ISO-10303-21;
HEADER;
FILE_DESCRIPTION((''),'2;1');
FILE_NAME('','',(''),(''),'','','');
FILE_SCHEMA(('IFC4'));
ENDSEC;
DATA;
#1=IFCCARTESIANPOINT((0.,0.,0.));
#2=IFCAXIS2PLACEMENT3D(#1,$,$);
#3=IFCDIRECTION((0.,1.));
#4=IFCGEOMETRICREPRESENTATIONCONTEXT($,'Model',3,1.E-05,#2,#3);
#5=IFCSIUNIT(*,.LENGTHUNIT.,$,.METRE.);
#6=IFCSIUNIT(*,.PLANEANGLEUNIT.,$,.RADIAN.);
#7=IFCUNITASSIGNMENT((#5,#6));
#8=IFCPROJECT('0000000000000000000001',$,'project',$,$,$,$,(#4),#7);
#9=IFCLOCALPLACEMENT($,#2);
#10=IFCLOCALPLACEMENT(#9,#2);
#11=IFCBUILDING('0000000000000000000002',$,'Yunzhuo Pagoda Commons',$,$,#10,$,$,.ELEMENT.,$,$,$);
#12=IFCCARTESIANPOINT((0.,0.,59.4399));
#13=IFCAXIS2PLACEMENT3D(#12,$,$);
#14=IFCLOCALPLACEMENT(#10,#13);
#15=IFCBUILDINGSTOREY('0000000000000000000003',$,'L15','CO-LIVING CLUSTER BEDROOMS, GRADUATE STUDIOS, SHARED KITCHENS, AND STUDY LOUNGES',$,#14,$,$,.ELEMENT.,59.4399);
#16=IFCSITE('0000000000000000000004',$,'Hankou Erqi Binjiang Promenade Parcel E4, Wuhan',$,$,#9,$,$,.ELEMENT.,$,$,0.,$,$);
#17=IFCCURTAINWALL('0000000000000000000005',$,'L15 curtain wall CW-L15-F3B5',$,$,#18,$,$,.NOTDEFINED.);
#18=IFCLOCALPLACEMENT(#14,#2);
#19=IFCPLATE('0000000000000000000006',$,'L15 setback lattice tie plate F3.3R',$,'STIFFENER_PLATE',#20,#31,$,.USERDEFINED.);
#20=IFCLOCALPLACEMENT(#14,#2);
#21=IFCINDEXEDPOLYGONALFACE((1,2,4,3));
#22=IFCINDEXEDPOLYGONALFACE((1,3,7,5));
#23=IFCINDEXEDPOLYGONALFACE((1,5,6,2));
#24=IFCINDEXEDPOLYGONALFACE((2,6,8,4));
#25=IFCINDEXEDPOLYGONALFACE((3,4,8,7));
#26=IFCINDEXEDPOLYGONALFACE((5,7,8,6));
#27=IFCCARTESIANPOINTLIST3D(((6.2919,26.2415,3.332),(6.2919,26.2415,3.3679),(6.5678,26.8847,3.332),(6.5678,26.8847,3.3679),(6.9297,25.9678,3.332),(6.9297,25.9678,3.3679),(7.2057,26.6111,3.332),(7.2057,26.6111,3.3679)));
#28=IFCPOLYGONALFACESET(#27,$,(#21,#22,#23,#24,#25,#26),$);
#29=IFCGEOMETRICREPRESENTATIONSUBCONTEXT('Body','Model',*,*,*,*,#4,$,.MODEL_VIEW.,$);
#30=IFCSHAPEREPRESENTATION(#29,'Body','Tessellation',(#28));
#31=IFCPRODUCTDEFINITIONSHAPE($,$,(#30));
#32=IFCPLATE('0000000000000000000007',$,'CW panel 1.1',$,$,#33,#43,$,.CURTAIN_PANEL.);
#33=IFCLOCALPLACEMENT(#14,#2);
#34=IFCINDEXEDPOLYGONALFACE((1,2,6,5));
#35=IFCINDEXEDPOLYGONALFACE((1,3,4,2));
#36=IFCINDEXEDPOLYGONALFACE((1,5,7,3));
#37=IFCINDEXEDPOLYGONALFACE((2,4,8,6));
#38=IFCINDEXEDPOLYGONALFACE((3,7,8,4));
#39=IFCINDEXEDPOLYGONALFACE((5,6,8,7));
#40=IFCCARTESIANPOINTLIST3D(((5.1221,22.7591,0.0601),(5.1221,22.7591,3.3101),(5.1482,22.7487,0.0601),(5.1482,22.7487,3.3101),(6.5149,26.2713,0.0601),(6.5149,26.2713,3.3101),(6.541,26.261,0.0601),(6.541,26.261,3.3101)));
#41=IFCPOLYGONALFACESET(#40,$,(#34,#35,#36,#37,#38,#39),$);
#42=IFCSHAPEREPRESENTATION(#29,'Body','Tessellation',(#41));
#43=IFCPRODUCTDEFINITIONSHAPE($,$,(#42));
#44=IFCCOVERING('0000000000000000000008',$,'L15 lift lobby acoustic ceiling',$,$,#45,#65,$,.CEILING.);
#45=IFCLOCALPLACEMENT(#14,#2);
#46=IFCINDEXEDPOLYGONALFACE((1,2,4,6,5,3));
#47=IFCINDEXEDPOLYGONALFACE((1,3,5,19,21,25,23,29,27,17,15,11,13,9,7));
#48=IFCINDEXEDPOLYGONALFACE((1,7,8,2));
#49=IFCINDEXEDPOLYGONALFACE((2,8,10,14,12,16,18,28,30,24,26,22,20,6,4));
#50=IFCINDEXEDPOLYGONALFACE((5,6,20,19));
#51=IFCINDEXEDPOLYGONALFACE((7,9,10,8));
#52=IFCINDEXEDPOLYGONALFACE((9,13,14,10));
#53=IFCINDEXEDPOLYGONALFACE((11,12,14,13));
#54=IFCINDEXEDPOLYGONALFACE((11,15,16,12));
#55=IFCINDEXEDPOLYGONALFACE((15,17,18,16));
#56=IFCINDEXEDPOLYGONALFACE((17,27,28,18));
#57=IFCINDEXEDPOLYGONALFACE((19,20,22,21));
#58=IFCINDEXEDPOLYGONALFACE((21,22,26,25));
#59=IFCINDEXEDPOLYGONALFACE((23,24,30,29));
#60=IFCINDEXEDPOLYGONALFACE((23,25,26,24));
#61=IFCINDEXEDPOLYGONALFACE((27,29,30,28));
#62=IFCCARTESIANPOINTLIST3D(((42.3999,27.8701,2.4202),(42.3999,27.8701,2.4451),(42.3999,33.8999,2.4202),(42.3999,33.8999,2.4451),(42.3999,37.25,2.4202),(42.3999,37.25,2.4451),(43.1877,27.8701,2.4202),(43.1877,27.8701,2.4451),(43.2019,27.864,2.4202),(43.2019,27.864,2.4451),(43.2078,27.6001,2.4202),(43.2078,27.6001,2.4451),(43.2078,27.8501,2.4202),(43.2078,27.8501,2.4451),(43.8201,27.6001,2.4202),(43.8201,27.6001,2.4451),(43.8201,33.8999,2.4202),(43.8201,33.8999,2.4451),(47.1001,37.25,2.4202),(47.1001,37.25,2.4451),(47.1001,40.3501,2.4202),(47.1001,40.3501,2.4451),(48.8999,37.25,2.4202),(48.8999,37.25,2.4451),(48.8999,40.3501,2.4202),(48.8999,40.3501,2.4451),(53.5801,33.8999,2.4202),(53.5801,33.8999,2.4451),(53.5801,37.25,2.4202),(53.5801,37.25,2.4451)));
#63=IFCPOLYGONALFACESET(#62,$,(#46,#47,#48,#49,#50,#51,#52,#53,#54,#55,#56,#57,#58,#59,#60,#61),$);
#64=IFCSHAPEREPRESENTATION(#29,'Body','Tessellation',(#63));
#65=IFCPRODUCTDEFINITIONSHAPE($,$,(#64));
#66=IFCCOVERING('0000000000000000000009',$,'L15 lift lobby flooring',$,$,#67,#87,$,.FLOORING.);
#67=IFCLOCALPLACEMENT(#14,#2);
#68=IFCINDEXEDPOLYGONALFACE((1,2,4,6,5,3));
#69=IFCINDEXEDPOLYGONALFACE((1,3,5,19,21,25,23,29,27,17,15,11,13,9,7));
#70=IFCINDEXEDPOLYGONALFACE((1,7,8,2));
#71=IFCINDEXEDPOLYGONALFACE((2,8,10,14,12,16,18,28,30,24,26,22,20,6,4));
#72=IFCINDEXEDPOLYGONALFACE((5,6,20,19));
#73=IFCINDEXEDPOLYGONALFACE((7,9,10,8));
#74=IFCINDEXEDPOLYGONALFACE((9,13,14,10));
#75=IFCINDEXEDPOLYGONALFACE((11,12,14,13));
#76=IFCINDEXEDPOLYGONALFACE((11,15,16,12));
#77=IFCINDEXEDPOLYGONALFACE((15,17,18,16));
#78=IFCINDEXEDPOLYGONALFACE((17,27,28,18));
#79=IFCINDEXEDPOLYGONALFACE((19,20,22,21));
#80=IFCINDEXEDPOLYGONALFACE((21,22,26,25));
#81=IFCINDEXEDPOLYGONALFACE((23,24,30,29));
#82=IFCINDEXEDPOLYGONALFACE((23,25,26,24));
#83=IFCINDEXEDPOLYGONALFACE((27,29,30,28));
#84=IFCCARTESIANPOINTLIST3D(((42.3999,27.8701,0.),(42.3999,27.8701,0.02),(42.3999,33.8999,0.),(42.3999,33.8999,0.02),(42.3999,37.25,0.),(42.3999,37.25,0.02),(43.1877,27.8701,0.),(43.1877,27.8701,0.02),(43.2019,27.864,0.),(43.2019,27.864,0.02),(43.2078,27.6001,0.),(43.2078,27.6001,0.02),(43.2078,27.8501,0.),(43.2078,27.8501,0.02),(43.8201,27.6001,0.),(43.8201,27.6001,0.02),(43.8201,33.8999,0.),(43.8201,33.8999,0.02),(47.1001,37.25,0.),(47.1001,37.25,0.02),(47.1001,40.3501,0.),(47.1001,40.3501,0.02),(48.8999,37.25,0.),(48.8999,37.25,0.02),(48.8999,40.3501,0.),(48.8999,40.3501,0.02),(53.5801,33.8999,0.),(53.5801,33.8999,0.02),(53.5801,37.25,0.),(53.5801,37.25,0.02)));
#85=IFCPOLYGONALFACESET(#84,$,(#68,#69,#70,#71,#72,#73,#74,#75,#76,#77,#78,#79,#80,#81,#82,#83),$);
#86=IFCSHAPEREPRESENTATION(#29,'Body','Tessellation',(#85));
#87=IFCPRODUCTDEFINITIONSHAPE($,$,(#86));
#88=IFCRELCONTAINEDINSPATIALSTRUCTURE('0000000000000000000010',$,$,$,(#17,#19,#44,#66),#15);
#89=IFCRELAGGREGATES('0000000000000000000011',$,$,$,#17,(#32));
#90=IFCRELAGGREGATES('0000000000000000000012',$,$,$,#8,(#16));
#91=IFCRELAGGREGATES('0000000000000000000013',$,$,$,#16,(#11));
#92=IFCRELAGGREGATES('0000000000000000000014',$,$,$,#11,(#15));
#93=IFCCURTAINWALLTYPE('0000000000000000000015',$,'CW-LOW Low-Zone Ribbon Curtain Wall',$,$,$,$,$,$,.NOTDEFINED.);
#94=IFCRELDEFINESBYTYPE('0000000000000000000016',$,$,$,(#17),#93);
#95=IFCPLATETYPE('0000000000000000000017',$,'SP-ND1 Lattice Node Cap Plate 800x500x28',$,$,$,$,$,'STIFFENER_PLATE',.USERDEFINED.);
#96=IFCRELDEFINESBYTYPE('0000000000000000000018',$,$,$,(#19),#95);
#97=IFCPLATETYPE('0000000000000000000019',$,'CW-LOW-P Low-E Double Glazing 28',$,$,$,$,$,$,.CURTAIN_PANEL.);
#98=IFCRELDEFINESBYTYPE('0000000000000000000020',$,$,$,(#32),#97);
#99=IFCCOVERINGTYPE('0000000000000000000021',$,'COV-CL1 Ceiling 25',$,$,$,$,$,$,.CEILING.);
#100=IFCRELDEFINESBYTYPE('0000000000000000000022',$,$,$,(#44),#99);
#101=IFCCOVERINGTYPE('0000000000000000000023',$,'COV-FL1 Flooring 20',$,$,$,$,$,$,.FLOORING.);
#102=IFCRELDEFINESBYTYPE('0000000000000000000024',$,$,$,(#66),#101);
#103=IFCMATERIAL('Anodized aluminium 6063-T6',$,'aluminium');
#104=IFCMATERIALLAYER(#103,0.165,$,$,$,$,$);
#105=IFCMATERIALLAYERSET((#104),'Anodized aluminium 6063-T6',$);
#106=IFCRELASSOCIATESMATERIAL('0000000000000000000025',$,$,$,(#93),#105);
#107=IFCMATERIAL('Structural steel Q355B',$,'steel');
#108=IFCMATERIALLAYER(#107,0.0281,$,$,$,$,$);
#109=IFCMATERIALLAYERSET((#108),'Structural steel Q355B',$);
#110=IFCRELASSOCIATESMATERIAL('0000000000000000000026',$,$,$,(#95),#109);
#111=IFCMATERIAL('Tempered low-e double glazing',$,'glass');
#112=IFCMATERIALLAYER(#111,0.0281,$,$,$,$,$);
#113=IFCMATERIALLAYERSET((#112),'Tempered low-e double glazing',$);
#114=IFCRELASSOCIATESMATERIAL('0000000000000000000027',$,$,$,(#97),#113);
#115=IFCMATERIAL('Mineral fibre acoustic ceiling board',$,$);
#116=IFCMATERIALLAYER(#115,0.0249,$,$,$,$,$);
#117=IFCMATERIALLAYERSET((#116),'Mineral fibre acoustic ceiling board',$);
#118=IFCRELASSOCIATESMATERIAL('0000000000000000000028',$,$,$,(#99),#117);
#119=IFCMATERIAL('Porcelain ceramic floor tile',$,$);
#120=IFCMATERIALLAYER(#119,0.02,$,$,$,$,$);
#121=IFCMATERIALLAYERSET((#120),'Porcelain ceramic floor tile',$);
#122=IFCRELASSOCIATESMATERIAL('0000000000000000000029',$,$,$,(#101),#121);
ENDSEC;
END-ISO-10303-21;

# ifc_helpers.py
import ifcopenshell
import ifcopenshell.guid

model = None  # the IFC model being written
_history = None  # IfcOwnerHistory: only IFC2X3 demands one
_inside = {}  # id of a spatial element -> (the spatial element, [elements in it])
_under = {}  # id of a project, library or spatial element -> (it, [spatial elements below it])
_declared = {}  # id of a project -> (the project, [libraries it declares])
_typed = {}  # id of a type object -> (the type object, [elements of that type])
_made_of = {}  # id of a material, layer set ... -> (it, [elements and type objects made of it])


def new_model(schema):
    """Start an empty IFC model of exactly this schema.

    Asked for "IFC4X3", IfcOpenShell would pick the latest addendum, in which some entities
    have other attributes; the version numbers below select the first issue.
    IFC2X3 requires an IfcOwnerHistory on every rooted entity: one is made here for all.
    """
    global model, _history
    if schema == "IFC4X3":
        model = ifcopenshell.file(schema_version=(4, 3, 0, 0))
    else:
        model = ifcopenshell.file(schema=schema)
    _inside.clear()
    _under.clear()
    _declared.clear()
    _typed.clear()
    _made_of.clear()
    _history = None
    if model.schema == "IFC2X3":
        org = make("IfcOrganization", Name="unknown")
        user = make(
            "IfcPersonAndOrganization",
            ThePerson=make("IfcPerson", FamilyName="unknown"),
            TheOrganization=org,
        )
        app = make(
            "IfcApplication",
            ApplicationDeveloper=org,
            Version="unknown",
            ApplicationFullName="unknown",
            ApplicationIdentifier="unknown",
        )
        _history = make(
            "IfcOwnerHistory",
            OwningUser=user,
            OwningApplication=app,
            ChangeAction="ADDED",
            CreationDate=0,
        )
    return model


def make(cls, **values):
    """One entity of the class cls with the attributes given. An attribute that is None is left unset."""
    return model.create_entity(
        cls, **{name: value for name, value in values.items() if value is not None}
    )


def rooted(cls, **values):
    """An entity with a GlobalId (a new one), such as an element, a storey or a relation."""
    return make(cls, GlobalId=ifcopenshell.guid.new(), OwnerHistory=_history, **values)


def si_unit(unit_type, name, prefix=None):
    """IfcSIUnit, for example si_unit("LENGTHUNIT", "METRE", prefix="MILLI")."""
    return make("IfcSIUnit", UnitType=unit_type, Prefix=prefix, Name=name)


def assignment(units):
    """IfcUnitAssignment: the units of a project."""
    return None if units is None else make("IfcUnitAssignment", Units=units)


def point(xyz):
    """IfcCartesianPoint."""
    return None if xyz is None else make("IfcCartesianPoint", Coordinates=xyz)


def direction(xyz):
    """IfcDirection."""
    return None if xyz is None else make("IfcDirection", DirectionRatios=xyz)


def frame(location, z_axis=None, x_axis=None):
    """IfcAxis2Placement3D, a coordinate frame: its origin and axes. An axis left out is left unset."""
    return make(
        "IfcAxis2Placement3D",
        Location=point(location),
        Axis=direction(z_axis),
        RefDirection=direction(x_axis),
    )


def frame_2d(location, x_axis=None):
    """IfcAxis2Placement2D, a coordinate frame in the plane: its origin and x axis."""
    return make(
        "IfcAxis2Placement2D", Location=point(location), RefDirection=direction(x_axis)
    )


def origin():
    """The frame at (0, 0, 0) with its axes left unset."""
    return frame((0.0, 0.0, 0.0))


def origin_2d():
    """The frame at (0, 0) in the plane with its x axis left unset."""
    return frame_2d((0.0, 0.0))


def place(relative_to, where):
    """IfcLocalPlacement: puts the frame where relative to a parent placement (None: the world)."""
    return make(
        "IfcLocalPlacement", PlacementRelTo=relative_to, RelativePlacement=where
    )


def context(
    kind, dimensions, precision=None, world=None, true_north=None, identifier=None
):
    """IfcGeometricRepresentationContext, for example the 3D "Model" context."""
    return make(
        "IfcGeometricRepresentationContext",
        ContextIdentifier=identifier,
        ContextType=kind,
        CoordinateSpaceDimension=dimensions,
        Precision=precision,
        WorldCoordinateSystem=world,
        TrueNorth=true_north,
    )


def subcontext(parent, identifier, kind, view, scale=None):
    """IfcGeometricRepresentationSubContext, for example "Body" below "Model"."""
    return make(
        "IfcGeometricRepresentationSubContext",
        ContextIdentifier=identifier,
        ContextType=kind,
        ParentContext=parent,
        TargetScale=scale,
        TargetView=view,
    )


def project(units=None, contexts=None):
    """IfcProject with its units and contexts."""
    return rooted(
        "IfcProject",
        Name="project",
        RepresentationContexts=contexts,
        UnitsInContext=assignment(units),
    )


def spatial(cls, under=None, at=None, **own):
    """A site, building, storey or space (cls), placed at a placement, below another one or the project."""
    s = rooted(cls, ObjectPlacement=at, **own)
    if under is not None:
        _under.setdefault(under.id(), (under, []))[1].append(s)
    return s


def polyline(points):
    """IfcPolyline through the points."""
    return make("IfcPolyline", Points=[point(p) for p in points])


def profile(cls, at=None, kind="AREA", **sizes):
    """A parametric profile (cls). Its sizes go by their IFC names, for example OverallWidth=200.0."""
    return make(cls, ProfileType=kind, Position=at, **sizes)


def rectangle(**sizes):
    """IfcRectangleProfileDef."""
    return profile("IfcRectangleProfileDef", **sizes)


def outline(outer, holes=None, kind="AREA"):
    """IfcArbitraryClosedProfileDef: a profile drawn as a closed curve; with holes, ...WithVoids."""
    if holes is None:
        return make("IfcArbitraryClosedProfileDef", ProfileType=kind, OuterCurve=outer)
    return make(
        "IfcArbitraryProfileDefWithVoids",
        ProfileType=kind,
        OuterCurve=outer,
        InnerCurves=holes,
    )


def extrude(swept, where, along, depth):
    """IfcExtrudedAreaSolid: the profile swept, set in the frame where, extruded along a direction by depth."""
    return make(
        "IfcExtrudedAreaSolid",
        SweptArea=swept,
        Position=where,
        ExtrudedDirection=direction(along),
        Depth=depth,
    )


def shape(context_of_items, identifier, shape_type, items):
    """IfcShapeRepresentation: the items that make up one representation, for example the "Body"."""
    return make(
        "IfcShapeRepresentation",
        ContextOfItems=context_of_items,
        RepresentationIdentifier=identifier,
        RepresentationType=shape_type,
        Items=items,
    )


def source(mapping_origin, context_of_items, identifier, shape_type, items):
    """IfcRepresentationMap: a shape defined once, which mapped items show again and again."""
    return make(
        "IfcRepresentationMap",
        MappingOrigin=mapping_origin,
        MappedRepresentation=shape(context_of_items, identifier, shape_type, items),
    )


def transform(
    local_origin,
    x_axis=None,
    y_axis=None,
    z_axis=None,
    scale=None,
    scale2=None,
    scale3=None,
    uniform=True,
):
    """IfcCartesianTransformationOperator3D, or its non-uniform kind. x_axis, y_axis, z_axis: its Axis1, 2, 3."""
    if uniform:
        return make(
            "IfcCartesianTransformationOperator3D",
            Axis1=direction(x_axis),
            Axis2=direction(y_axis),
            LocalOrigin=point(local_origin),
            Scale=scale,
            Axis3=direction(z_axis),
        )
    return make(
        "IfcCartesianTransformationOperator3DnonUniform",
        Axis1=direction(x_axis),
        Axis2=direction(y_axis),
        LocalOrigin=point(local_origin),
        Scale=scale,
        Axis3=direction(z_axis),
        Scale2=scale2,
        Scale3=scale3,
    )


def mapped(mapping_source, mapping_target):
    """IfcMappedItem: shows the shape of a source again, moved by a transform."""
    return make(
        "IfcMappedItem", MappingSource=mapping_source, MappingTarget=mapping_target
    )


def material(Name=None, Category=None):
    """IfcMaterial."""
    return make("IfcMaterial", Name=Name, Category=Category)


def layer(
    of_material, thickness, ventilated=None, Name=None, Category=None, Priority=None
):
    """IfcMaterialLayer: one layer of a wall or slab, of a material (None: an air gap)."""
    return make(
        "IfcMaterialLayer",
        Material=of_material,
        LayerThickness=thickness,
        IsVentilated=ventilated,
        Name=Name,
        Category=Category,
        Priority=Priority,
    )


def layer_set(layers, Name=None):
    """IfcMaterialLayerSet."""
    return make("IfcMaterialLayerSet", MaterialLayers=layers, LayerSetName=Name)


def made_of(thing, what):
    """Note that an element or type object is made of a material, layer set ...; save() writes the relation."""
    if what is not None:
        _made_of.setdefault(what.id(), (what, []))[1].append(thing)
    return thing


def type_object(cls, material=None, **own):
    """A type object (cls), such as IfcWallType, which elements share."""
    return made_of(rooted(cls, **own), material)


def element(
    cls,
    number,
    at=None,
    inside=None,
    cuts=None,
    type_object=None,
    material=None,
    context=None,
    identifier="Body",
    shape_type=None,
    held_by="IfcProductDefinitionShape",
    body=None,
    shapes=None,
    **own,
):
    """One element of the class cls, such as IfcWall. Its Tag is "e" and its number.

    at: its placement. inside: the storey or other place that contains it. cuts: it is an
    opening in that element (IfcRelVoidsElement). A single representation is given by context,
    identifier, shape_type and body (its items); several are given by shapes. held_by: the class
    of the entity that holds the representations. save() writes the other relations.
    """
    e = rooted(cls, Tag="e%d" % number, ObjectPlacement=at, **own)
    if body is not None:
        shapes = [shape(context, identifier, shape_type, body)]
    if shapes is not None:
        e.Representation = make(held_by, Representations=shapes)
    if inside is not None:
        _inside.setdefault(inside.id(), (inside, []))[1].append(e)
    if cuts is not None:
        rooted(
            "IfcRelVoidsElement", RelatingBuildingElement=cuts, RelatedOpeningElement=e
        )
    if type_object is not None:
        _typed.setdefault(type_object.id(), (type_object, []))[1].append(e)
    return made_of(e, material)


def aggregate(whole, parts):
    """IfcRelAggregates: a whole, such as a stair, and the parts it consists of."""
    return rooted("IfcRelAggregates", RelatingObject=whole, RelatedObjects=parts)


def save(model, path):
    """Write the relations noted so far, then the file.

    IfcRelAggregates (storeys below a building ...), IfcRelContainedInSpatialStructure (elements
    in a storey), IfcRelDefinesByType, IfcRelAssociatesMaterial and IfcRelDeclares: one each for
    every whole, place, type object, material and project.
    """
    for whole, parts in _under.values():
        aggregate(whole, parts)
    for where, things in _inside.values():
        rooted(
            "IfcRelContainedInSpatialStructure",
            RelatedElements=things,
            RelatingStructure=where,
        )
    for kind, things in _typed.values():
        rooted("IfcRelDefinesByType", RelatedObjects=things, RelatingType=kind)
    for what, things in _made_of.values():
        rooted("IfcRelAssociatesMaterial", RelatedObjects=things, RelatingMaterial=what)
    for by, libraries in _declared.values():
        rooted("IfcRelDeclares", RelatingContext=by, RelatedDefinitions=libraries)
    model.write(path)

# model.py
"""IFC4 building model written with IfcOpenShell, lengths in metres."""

from ifc_helpers import new_model, si_unit, direction, frame, origin, origin_2d, place, context, subcontext, project, spatial, polyline, rectangle, outline, extrude, source, transform, mapped, material, layer, layer_set, type_object, element, aggregate, save


model = new_model("IFC4")

# Units and contexts
model_context = context("Model", 3, precision=1e-05, world=origin(), true_north=direction((0.0, 1.0)))
body_context = subcontext(model_context, "Body", "Model", "MODEL_VIEW")
ifc_project = project(units=[si_unit("LENGTHUNIT", "METRE"), si_unit("PLANEANGLEUNIT", "RADIAN")], contexts=[model_context])

# Site, building, storey
site_placement = place(None, origin())
site = spatial("IfcSite", under=ifc_project, at=site_placement, Name="Hankou Erqi Binjiang Promenade Parcel E4, Wuhan", CompositionType="ELEMENT", RefElevation=0.0)
building_placement = place(site_placement, origin())
building = spatial("IfcBuilding", under=site, at=building_placement, Name="Yunzhuo Pagoda Commons", CompositionType="ELEMENT")
storey_placement = place(building_placement, frame((0.0, 0.0, 59.4399)))
storey = spatial("IfcBuildingStorey", under=building, at=storey_placement, Name="L15", Description="CO-LIVING CLUSTER BEDROOMS, GRADUATE STUDIOS, SHARED KITCHENS, AND STUDY LOUNGES", CompositionType="ELEMENT", Elevation=59.4399)

# Shared definitions
ifc_material_1 = material(Name="Structural steel Q355B", Category="steel")

# Shared definitions
ifc_material_2 = material(Name="Anodized aluminium 6063-T6", Category="aluminium")
ifc_layer_1 = layer(ifc_material_2, 0.165)
ifc_layer_set_1 = layer_set([ifc_layer_1], Name="Anodized aluminium 6063-T6")
curtain_wall_type = type_object("IfcCurtainWallType", Name="CW-LOW Low-Zone Ribbon Curtain Wall", PredefinedType="NOTDEFINED", material=ifc_layer_set_1)

# Curtain wall
curtain_wall_1_placement = place(storey_placement, origin())
curtain_wall_1 = element("IfcCurtainWall", 1, at=curtain_wall_1_placement, inside=storey, type_object=curtain_wall_type, Name="L15 curtain wall CW-L15-F3B5", PredefinedType="NOTDEFINED")

# Plates
ifc_layer_2 = layer(ifc_material_1, 0.0281)
ifc_layer_set_2 = layer_set([ifc_layer_2], Name="Structural steel Q355B")
plate_type_1 = type_object("IfcPlateType", Name="SP-ND1 Lattice Node Cap Plate 800x500x28", ElementType="STIFFENER_PLATE", PredefinedType="USERDEFINED", material=ifc_layer_set_2)
shared_shape_1 = source(origin(), body_context, "Body", "SweptSolid", [
    extrude(rectangle(XDim=0.7, YDim=0.6941, at=origin_2d()), origin(), (0.0, 0.0, 1.0), 0.0359),
])
plate_1_placement = place(storey_placement, frame((6.7488, 26.4263, 3.332), z_axis=(0.0, 0.0, 1.0), x_axis=(-0.394279, -0.918991, 0.0)))
element("IfcPlate", 2, at=plate_1_placement, inside=storey, type_object=plate_type_1, Name="L15 setback lattice tie plate F3.3R", ObjectType="STIFFENER_PLATE", PredefinedType="USERDEFINED", context=body_context, shape_type="MappedRepresentation", body=[
    mapped(shared_shape_1, transform((0.0, 0.0, 0.0), scale=1.0)),
])
ifc_material_3 = material(Name="Tempered low-e double glazing", Category="glass")
ifc_layer_3 = layer(ifc_material_3, 0.0281)
ifc_layer_set_3 = layer_set([ifc_layer_3], Name="Tempered low-e double glazing")
plate_type_2 = type_object("IfcPlateType", Name="CW-LOW-P Low-E Double Glazing 28", PredefinedType="CURTAIN_PANEL", material=ifc_layer_set_3)
shared_shape_2 = source(origin(), body_context, "Body", "SweptSolid", [
    extrude(rectangle(XDim=3.7783, YDim=0.0281, at=origin_2d()), origin(), (0.0, 0.0, 1.0), 3.25),
])
plate_2_placement = place(storey_placement, frame((5.8315, 24.51, 0.0601), z_axis=(0.0, 0.0, 1.0), x_axis=(-0.368614, -0.929582, 0.0)))
plate_2 = element("IfcPlate", 3, at=plate_2_placement, type_object=plate_type_2, Name="CW panel 1.1", PredefinedType="CURTAIN_PANEL", context=body_context, shape_type="MappedRepresentation", body=[
    mapped(shared_shape_2, transform((0.0, 0.0, 0.0), scale=1.0)),
])
aggregate(curtain_wall_1, [plate_2])

# Coverings
ifc_material_4 = material(Name="Mineral fibre acoustic ceiling board")
ifc_layer_4 = layer(ifc_material_4, 0.0249)
ifc_layer_set_4 = layer_set([ifc_layer_4], Name="Mineral fibre acoustic ceiling board")
covering_type_1 = type_object("IfcCoveringType", Name="COV-CL1 Ceiling 25", PredefinedType="CEILING", material=ifc_layer_set_4)
covering_1_placement = place(storey_placement, frame((0.0, 0.0, 2.4202)))
element("IfcCovering", 4, at=covering_1_placement, inside=storey, type_object=covering_type_1, Name="L15 lift lobby acoustic ceiling", PredefinedType="CEILING", context=body_context, shape_type="SweptSolid", body=[
    extrude(outline(polyline([(43.2078, 27.8501), (43.2019, 27.864), (43.1877, 27.8701), (42.3999, 27.8701), (42.3999, 33.8999), (42.3999, 37.25), (47.1001, 37.25), (47.1001, 40.3501), (48.8999, 40.3501), (48.8999, 37.25), (53.5801, 37.25), (53.5801, 33.8999), (43.8201, 33.8999), (43.8201, 27.6001), (43.2078, 27.6001), (43.2078, 27.8501)])), origin(), (0.0, 0.0, 1.0), 0.0249),
])
ifc_material_5 = material(Name="Porcelain ceramic floor tile")
ifc_layer_5 = layer(ifc_material_5, 0.02)
ifc_layer_set_5 = layer_set([ifc_layer_5], Name="Porcelain ceramic floor tile")
covering_type_2 = type_object("IfcCoveringType", Name="COV-FL1 Flooring 20", PredefinedType="FLOORING", material=ifc_layer_set_5)
covering_2_placement = place(storey_placement, origin())
element("IfcCovering", 5, at=covering_2_placement, inside=storey, type_object=covering_type_2, Name="L15 lift lobby flooring", PredefinedType="FLOORING", context=body_context, shape_type="SweptSolid", body=[
    extrude(outline(polyline([(43.2078, 27.8501), (43.2019, 27.864), (43.1877, 27.8701), (42.3999, 27.8701), (42.3999, 33.8999), (42.3999, 37.25), (47.1001, 37.25), (47.1001, 40.3501), (48.8999, 40.3501), (48.8999, 37.25), (53.5801, 37.25), (53.5801, 33.8999), (43.8201, 33.8999), (43.8201, 27.6001), (43.2078, 27.6001), (43.2078, 27.8501)])), origin(), (0.0, 0.0, 1.0), 0.02),
])

save(model, "model.ifc")
